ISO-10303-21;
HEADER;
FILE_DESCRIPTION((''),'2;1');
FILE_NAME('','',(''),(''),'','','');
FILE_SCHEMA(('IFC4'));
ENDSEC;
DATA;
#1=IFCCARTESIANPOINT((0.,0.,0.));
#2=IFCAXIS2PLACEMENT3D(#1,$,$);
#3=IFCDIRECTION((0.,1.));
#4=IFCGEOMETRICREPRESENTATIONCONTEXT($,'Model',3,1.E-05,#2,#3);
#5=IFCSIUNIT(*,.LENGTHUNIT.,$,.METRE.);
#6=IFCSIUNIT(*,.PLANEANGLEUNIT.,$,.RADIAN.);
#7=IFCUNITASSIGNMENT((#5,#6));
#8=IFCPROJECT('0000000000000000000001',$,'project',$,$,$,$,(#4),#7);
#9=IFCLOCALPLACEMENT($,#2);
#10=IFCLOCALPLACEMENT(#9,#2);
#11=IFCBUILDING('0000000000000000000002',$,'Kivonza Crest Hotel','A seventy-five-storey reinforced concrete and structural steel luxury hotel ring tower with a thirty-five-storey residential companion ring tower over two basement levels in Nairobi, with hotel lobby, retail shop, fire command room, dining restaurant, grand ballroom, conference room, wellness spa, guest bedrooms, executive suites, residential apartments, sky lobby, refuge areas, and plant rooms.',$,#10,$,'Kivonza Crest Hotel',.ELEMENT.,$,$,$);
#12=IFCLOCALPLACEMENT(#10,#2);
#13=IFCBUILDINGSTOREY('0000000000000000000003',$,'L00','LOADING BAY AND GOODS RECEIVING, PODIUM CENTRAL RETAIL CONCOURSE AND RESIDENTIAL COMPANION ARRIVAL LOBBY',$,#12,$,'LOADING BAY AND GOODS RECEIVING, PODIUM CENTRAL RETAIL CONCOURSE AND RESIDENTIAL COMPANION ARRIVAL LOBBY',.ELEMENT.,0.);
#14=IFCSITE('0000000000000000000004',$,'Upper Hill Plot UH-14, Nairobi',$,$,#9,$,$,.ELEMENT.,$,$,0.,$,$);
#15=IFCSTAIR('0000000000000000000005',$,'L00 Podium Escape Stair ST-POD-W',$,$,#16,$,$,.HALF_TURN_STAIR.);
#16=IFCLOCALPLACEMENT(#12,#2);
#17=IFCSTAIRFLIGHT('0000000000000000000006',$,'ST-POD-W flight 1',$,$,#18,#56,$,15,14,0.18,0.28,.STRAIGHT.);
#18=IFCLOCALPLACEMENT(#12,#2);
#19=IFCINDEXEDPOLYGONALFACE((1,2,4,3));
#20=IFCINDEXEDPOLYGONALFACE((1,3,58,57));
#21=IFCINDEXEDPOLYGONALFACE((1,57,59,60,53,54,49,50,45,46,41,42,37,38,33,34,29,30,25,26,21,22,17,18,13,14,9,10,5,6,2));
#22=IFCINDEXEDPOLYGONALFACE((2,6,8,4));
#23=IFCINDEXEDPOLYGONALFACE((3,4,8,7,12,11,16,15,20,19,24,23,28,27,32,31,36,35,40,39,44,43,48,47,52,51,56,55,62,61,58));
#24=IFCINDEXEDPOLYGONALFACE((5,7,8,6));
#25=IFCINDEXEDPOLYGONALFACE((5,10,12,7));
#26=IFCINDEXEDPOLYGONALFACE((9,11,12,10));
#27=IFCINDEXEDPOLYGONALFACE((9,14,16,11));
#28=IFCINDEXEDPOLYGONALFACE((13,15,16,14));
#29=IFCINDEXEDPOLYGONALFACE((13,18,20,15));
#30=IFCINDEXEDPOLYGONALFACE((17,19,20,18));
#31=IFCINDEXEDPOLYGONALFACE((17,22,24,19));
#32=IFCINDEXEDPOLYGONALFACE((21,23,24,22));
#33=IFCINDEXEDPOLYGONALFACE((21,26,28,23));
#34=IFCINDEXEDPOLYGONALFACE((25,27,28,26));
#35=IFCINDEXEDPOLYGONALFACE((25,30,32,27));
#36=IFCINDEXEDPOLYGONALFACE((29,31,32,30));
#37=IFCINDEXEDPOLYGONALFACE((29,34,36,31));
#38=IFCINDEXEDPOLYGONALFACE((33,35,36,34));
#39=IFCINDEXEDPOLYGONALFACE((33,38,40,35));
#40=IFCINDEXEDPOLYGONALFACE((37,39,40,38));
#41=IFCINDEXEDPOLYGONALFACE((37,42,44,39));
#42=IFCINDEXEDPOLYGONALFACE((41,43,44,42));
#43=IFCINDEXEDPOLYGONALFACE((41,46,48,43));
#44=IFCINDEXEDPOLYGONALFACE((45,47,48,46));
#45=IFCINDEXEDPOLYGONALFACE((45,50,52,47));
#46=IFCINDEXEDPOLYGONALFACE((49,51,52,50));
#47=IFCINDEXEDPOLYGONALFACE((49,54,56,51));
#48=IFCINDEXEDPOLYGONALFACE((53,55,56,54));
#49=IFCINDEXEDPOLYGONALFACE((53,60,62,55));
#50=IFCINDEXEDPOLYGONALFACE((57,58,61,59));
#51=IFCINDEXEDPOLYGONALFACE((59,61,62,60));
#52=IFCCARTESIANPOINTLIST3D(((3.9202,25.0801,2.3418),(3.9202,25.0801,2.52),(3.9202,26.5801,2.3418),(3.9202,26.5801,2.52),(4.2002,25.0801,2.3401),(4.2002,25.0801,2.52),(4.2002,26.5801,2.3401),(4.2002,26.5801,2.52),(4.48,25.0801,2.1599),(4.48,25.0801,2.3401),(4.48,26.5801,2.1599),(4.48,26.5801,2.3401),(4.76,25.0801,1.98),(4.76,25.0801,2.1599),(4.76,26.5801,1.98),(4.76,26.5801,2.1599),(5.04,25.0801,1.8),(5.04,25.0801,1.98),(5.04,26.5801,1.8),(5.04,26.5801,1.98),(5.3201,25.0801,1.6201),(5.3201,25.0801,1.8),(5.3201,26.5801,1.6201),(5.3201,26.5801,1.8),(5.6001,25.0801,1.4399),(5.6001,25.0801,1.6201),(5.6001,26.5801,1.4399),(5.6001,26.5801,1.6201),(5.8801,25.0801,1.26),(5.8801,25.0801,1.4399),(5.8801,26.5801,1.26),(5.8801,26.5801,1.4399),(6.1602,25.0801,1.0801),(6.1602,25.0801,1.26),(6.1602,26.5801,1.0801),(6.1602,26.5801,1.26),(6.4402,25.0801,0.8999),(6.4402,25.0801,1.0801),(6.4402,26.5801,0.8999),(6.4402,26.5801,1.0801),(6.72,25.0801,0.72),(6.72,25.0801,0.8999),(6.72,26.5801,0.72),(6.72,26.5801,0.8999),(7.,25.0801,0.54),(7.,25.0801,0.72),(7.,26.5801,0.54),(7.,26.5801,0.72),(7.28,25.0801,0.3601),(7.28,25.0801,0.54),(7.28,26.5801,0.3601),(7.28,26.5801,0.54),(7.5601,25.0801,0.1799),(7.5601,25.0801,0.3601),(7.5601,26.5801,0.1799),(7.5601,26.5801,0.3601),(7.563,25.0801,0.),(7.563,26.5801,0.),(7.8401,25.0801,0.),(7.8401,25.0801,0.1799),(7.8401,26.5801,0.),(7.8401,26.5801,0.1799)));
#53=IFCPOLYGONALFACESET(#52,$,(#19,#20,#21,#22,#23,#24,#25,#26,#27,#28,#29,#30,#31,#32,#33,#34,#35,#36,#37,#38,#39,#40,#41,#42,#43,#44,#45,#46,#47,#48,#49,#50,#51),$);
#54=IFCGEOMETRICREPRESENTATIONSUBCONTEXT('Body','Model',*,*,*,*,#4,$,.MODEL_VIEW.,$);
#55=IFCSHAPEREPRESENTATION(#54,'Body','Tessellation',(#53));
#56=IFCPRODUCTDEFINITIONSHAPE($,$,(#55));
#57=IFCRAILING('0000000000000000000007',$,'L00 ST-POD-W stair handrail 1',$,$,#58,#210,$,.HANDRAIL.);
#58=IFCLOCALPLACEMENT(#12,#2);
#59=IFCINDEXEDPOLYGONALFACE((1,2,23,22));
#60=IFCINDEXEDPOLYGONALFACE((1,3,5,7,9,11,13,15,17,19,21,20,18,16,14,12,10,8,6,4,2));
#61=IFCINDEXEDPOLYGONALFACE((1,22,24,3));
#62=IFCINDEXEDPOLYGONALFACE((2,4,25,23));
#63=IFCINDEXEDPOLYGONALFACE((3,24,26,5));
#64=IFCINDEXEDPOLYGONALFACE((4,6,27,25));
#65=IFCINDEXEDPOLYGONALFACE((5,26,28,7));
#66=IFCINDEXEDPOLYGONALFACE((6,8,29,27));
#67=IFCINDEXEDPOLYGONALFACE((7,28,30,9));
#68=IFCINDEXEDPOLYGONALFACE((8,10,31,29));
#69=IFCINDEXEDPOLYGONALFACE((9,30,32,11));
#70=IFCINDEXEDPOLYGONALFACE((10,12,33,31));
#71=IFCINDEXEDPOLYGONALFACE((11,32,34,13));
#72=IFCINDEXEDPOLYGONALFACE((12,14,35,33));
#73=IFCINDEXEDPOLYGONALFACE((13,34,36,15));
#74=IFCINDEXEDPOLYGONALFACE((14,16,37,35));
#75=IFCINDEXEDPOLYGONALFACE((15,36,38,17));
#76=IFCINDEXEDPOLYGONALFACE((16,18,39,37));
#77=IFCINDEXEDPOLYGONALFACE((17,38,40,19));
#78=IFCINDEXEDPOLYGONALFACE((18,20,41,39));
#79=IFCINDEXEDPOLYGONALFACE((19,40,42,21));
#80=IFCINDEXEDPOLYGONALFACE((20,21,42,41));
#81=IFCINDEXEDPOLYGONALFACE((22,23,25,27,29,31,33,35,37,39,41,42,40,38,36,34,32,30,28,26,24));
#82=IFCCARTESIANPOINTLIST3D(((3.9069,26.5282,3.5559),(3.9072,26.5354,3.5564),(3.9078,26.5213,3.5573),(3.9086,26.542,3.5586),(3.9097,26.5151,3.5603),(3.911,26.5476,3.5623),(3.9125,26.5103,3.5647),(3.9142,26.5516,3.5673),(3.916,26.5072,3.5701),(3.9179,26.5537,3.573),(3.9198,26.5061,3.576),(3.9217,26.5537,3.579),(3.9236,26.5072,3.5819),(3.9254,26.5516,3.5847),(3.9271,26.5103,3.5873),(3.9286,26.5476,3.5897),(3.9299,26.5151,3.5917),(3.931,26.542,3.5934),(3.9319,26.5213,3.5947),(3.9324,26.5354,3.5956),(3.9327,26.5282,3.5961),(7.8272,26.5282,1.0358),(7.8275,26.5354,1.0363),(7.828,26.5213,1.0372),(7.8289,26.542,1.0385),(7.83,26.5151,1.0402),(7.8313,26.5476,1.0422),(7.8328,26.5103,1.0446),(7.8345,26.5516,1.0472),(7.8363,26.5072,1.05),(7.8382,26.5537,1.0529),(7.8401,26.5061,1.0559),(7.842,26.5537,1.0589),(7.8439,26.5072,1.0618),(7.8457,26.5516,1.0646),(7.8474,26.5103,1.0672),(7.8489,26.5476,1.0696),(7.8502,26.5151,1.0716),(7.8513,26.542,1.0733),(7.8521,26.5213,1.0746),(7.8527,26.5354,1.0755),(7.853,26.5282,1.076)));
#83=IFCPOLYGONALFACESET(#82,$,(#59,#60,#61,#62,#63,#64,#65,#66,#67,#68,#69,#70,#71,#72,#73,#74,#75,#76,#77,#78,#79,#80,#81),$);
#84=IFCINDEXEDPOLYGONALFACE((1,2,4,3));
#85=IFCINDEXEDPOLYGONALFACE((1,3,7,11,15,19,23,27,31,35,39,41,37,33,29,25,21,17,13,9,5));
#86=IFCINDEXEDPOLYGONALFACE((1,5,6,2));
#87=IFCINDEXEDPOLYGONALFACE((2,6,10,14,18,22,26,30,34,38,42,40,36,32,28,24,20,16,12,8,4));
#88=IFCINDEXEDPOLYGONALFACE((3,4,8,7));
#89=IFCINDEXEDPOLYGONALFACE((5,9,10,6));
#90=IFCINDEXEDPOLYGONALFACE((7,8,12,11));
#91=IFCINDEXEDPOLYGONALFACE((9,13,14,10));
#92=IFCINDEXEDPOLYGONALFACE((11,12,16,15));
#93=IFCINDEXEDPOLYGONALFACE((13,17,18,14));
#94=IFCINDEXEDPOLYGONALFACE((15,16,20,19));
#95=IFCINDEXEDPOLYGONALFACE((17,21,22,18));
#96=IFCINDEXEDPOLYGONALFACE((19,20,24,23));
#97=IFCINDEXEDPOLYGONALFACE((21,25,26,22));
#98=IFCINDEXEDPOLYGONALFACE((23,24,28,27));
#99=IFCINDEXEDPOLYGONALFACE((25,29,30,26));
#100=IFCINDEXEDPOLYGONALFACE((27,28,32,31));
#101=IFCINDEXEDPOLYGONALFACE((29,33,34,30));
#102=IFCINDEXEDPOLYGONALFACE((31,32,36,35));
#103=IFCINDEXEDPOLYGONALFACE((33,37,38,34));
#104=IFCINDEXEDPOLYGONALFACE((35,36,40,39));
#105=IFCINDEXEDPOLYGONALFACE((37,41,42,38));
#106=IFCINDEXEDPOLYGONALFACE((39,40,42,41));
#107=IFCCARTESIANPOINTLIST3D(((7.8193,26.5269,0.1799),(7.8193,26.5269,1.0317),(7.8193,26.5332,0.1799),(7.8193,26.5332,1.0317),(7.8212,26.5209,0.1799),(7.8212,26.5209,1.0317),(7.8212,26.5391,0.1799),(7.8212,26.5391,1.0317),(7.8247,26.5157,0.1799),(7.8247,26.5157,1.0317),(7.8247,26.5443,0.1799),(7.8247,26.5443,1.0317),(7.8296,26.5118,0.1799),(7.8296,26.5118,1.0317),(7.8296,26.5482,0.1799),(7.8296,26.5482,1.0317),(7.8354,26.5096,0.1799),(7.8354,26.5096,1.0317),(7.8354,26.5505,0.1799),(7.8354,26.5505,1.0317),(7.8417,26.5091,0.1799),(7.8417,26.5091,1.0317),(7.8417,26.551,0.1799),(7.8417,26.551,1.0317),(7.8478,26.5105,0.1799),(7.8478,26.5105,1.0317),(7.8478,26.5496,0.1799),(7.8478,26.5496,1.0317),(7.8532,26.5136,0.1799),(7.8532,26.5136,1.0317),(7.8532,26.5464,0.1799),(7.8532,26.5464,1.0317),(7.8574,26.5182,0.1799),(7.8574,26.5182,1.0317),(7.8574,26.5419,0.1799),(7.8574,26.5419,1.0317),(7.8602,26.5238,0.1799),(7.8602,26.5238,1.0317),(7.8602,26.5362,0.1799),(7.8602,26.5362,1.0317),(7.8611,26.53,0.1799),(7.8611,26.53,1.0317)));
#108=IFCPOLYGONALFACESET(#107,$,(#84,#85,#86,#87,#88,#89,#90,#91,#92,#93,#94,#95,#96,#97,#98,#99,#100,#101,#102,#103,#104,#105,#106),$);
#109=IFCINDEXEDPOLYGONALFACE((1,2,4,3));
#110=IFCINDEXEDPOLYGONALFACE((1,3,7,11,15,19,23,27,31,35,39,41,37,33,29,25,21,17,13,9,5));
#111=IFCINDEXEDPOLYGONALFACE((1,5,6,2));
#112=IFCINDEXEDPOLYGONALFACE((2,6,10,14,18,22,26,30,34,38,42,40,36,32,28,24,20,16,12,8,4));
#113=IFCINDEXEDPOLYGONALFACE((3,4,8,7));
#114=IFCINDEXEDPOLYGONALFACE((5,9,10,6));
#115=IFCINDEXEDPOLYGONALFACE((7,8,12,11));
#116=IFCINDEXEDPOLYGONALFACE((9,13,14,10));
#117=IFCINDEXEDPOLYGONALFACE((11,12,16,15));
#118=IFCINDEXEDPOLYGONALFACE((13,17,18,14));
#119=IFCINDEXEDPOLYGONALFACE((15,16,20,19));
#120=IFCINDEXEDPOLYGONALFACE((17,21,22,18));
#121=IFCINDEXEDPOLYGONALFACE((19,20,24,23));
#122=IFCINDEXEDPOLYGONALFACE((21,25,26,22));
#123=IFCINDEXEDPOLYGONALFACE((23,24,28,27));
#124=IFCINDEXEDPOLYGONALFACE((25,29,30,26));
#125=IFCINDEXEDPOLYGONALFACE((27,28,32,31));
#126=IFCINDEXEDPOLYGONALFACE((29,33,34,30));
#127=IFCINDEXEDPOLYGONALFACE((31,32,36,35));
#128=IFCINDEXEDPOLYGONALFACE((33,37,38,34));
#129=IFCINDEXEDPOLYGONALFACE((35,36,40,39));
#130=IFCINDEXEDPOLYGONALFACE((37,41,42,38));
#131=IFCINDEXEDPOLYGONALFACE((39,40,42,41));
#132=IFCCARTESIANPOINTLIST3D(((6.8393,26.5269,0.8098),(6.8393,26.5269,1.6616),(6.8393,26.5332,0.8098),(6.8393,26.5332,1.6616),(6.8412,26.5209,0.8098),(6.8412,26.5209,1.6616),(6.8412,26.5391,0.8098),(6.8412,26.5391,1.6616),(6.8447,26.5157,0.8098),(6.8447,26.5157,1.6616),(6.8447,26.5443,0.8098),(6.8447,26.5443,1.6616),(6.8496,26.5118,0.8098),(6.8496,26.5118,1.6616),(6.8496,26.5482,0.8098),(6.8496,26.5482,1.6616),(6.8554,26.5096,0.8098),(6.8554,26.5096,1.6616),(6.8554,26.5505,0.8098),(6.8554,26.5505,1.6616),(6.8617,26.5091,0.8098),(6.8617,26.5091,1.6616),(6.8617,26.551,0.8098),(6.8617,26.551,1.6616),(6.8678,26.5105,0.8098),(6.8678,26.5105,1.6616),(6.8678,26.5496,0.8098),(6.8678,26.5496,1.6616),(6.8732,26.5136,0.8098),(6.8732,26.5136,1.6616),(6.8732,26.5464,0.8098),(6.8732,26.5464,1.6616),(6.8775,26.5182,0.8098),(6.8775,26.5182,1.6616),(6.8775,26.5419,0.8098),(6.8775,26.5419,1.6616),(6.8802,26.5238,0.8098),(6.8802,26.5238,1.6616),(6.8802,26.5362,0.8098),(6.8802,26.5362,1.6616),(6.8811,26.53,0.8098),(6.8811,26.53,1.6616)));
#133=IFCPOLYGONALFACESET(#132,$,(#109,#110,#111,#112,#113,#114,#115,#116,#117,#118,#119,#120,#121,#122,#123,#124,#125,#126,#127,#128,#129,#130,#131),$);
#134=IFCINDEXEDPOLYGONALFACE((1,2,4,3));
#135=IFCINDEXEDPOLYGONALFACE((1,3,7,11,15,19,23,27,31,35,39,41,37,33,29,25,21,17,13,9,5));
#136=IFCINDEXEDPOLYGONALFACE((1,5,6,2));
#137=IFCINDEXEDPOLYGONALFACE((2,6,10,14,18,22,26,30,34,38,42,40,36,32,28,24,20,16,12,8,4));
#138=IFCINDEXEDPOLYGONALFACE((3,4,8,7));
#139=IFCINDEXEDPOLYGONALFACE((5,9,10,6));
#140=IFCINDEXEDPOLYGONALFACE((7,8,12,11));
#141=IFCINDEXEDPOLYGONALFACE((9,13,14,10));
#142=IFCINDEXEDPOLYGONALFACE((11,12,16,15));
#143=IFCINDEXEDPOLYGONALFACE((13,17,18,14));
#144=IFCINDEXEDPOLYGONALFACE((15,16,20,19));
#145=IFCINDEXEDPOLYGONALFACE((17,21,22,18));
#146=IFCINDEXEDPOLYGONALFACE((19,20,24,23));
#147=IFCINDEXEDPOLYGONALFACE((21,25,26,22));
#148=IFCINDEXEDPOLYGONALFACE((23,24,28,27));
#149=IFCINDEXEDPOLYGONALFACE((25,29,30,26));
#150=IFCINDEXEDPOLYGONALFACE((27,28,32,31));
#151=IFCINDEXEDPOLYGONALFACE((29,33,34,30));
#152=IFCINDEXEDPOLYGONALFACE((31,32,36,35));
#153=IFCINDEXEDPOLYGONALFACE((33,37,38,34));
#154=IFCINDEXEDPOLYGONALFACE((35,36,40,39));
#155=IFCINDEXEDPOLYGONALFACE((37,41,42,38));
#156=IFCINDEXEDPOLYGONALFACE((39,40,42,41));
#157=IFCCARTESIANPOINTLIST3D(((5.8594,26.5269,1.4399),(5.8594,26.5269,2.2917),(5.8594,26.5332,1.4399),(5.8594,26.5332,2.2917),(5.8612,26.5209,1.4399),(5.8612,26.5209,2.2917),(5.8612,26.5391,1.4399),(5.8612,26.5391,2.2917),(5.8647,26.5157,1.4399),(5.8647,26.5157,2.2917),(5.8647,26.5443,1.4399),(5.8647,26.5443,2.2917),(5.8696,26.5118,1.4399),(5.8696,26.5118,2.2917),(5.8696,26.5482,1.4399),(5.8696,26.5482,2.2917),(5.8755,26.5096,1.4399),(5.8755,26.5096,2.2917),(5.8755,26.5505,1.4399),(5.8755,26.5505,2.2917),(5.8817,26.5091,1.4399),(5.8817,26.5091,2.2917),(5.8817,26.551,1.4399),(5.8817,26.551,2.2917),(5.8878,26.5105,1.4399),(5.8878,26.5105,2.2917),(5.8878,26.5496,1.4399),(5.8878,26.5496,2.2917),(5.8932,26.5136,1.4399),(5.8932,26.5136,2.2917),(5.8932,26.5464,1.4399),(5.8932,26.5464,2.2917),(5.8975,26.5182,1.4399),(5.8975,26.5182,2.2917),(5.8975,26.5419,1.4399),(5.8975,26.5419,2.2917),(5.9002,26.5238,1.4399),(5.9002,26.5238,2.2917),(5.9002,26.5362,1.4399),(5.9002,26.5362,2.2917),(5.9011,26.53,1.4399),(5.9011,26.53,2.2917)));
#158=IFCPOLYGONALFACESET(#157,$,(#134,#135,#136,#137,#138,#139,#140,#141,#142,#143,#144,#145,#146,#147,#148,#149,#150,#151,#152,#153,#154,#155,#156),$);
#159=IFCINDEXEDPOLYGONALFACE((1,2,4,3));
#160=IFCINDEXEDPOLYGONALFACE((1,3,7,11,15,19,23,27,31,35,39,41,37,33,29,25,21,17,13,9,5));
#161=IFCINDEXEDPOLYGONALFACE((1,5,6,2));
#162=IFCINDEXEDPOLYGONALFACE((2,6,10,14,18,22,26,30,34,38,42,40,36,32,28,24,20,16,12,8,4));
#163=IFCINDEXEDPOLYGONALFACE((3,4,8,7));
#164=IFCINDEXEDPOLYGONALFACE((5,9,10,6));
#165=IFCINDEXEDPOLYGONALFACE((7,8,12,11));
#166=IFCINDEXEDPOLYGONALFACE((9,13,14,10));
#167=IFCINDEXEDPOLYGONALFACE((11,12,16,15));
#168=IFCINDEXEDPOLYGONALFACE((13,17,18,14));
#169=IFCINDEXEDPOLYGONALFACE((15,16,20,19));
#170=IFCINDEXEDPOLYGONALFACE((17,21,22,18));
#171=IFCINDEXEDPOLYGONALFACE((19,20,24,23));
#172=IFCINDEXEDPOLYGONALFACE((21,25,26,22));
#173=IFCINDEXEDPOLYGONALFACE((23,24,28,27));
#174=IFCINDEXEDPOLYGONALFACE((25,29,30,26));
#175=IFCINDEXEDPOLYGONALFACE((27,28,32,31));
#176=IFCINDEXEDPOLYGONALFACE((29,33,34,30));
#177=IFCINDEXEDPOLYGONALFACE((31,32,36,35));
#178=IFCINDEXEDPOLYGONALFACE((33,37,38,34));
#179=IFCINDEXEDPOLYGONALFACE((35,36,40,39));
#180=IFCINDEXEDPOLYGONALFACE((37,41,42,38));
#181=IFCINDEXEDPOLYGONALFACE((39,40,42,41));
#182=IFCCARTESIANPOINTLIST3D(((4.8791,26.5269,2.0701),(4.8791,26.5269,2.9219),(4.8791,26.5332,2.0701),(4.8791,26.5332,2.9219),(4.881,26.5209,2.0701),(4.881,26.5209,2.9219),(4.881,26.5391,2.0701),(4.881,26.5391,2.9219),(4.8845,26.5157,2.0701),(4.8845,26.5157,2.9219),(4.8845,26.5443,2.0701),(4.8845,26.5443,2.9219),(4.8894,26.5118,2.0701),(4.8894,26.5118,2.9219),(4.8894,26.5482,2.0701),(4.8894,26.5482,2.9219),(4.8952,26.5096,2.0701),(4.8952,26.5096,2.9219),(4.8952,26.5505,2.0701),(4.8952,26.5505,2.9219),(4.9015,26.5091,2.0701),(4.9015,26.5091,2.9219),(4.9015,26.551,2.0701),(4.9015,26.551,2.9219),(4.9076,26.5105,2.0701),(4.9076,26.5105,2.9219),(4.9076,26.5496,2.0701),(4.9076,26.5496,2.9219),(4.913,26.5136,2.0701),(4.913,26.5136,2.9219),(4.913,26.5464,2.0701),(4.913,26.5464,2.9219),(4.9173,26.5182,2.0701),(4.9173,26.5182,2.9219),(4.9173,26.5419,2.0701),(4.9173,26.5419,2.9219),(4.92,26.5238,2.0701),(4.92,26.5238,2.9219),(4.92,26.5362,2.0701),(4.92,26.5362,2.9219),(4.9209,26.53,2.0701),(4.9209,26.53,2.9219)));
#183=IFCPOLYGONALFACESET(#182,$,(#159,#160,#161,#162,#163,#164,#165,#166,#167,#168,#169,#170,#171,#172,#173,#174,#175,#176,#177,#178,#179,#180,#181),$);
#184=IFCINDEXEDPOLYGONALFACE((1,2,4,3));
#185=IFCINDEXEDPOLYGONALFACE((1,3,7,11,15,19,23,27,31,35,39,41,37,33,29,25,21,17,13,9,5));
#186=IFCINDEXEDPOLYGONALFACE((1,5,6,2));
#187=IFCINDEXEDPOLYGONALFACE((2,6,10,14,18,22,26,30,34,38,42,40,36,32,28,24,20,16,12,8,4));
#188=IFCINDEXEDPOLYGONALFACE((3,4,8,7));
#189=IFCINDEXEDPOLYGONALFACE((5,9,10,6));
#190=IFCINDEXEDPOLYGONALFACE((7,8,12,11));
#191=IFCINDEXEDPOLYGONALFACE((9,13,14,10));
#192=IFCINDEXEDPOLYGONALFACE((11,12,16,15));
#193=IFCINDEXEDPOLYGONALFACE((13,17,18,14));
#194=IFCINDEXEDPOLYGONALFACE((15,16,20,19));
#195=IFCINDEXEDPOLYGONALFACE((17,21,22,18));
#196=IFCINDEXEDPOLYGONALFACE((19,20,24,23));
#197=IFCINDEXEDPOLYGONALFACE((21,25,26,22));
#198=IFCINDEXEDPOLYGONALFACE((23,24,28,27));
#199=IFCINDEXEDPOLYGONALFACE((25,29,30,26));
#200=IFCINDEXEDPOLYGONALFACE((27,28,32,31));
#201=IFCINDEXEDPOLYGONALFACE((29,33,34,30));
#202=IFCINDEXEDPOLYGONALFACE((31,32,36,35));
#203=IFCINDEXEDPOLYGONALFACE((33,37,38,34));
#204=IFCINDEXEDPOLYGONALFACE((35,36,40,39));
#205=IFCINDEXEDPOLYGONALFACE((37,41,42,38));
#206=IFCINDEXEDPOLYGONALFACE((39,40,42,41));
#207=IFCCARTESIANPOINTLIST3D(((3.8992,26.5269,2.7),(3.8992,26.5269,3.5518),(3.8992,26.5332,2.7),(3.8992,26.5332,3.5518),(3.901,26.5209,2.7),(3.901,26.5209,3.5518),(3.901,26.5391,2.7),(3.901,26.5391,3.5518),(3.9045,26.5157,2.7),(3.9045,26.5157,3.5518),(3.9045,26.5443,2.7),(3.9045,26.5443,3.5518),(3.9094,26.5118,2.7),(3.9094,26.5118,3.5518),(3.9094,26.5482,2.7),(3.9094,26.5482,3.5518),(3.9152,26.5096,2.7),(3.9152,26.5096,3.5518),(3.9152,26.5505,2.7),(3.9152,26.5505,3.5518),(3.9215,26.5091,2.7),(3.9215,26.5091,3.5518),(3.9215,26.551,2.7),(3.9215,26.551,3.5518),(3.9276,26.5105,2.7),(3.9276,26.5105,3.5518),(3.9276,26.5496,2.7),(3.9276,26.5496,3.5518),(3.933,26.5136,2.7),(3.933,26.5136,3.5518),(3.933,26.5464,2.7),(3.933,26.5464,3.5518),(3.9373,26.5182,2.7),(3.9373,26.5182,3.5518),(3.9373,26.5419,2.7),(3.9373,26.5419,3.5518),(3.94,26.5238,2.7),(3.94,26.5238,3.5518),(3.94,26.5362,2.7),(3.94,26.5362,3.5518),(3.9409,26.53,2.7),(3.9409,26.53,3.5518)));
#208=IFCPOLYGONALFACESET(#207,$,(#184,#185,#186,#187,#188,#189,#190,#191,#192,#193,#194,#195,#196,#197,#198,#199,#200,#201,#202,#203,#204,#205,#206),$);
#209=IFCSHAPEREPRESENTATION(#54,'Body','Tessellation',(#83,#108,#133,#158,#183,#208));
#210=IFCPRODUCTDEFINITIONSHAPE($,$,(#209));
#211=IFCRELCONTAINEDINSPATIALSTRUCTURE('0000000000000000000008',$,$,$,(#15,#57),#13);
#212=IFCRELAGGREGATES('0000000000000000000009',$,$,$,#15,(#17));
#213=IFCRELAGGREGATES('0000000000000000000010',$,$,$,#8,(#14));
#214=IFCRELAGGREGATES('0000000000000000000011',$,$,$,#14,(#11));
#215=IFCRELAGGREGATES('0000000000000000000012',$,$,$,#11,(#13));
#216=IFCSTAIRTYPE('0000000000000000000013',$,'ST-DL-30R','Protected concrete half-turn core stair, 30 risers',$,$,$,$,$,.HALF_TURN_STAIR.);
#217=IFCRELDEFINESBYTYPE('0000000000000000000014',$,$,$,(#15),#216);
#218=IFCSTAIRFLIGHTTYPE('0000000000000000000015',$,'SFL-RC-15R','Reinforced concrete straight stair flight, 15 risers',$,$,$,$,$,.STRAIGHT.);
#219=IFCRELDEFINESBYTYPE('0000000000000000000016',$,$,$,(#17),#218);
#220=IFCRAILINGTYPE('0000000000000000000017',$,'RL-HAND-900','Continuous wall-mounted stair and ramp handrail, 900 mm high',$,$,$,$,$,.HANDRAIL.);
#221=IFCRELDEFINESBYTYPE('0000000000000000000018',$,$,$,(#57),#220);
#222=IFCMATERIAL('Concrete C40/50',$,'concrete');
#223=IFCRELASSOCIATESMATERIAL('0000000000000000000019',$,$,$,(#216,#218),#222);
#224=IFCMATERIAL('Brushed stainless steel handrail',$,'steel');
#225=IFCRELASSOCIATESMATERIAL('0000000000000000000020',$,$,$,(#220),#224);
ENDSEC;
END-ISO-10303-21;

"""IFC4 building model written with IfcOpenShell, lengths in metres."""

from ifc_helpers import new_model, si_unit, direction, frame, origin, origin_2d, place, context, subcontext, project, spatial, polyline, circle, outline, extrude, material, type_object, element, aggregate, save


model = new_model("IFC4")

# Units and contexts
model_context = context("Model", 3, precision=1e-05, world=origin(), true_north=direction((0.0, 1.0)))
body_context = subcontext(model_context, "Body", "Model", "MODEL_VIEW")
ifc_project = project(units=[si_unit("LENGTHUNIT", "METRE"), si_unit("PLANEANGLEUNIT", "RADIAN")], contexts=[model_context])

# Site, building, storey
site_placement = place(None, origin())
site = spatial("IfcSite", under=ifc_project, at=site_placement, Name="Upper Hill Plot UH-14, Nairobi", CompositionType="ELEMENT", RefElevation=0.0)
building_placement = place(site_placement, origin())
building = spatial("IfcBuilding", under=site, at=building_placement, Name="Kivonza Crest Hotel", Description="A seventy-five-storey reinforced concrete and structural steel luxury hotel ring tower with a thirty-five-storey residential companion ring tower over two basement levels in Nairobi, with hotel lobby, retail shop, fire command room, dining restaurant, grand ballroom, conference room, wellness spa, guest bedrooms, executive suites, residential apartments, sky lobby, refuge areas, and plant rooms.", LongName="Kivonza Crest Hotel", CompositionType="ELEMENT")
storey_placement = place(building_placement, origin())
storey = spatial("IfcBuildingStorey", under=building, at=storey_placement, Name="L00", Description="LOADING BAY AND GOODS RECEIVING, PODIUM CENTRAL RETAIL CONCOURSE AND RESIDENTIAL COMPANION ARRIVAL LOBBY", LongName="LOADING BAY AND GOODS RECEIVING, PODIUM CENTRAL RETAIL CONCOURSE AND RESIDENTIAL COMPANION ARRIVAL LOBBY", CompositionType="ELEMENT", Elevation=0.0)

# Stair, stair flight
ifc_material_1 = material(Name="Concrete C40/50", Category="concrete")
stair_type = type_object("IfcStairType", Name="ST-DL-30R", Description="Protected concrete half-turn core stair, 30 risers", PredefinedType="HALF_TURN_STAIR", material=ifc_material_1)
stair_placement = place(storey_placement, origin())
stair = element("IfcStair", 1, at=stair_placement, inside=storey, type_object=stair_type, Name="L00 Podium Escape Stair ST-POD-W", PredefinedType="HALF_TURN_STAIR")
stair_flight_type = type_object("IfcStairFlightType", Name="SFL-RC-15R", Description="Reinforced concrete straight stair flight, 15 risers", PredefinedType="STRAIGHT", material=ifc_material_1)
stair_flight_placement = place(storey_placement, frame((7.8401, 25.8301, 0.0), z_axis=(0.0, 0.0, 1.0), x_axis=(-1.0, 0.0, 0.0)))
stair_flight = element("IfcStairFlight", 2, at=stair_flight_placement, type_object=stair_flight_type, Name="ST-POD-W flight 1", NumberOfRisers=15, NumberOfTreads=14, PredefinedType="STRAIGHT", RiserHeight=0.18, TreadLength=0.28, context=body_context, shape_type="SweptSolid", body=[
    extrude(outline(polyline([(0.0, 0.0), (0.0, 0.1799), (0.28, 0.1799), (0.28, 0.3601), (0.5601, 0.3601), (0.5601, 0.54), (0.8401, 0.54), (0.8401, 0.72), (1.1201, 0.72), (1.1201, 0.8999), (1.3999, 0.8999), (1.3999, 1.0801), (1.6799, 1.0801), (1.6799, 1.26), (1.96, 1.26), (1.96, 1.4399), (2.24, 1.4399), (2.24, 1.6201), (2.52, 1.6201), (2.52, 1.8), (2.8, 1.8), (2.8, 1.98), (3.0801, 1.98), (3.0801, 2.1599), (3.3601, 2.1599), (3.3601, 2.3401), (3.6399, 2.3401), (3.6399, 2.52), (3.9199, 2.52), (3.9199, 2.7), (3.9199, 2.3418), (0.2771, 0.0), (0.0, 0.0)])), frame((0.0, 0.75, 0.0), z_axis=(0.0, -1.0, 0.0), x_axis=(1.0, 0.0, 0.0)), (0.0, 0.0, 1.0), 1.5),
])
aggregate(stair, [stair_flight])

# Railing
ifc_material_2 = material(Name="Brushed stainless steel handrail", Category="steel")
railing_type_1 = type_object("IfcRailingType", Name="RL-HAND-900", Description="Continuous wall-mounted stair and ramp handrail, 900 mm high", PredefinedType="HANDRAIL", material=ifc_material_2)
railing_1_placement = place(storey_placement, frame((7.8401, 26.53, 0.1799)))
element("IfcRailing", 3, at=railing_1_placement, inside=storey, type_object=railing_type_1, Name="L00 ST-POD-W stair handrail 1", PredefinedType="HANDRAIL", context=body_context, shape_type="SweptSolid", body=[
    extrude(circle(Radius=0.0239, at=origin_2d()), frame((0.0, 0.0, 0.876), z_axis=(-0.841187, 0.0, 0.540744), x_axis=(0.0, -1.0, 0.0)), (0.0, 0.0, 1.0), 4.6604),
    extrude(circle(Radius=0.021, at=origin_2d()), origin(), (0.0, 0.0, 1.0), 0.8518),
    extrude(circle(Radius=0.021, at=origin_2d()), frame((-0.98, 0.0, 0.6299)), (0.0, 0.0, 1.0), 0.8518),
    extrude(circle(Radius=0.021, at=origin_2d()), frame((-1.96, 0.0, 1.26)), (0.0, 0.0, 1.0), 0.8518),
    extrude(circle(Radius=0.021, at=origin_2d()), frame((-2.9402, 0.0, 1.8901)), (0.0, 0.0, 1.0), 0.8518),
    extrude(circle(Radius=0.021, at=origin_2d()), frame((-3.9202, 0.0, 2.52)), (0.0, 0.0, 1.0), 0.8518),
])

save(model, "model.ifc")
